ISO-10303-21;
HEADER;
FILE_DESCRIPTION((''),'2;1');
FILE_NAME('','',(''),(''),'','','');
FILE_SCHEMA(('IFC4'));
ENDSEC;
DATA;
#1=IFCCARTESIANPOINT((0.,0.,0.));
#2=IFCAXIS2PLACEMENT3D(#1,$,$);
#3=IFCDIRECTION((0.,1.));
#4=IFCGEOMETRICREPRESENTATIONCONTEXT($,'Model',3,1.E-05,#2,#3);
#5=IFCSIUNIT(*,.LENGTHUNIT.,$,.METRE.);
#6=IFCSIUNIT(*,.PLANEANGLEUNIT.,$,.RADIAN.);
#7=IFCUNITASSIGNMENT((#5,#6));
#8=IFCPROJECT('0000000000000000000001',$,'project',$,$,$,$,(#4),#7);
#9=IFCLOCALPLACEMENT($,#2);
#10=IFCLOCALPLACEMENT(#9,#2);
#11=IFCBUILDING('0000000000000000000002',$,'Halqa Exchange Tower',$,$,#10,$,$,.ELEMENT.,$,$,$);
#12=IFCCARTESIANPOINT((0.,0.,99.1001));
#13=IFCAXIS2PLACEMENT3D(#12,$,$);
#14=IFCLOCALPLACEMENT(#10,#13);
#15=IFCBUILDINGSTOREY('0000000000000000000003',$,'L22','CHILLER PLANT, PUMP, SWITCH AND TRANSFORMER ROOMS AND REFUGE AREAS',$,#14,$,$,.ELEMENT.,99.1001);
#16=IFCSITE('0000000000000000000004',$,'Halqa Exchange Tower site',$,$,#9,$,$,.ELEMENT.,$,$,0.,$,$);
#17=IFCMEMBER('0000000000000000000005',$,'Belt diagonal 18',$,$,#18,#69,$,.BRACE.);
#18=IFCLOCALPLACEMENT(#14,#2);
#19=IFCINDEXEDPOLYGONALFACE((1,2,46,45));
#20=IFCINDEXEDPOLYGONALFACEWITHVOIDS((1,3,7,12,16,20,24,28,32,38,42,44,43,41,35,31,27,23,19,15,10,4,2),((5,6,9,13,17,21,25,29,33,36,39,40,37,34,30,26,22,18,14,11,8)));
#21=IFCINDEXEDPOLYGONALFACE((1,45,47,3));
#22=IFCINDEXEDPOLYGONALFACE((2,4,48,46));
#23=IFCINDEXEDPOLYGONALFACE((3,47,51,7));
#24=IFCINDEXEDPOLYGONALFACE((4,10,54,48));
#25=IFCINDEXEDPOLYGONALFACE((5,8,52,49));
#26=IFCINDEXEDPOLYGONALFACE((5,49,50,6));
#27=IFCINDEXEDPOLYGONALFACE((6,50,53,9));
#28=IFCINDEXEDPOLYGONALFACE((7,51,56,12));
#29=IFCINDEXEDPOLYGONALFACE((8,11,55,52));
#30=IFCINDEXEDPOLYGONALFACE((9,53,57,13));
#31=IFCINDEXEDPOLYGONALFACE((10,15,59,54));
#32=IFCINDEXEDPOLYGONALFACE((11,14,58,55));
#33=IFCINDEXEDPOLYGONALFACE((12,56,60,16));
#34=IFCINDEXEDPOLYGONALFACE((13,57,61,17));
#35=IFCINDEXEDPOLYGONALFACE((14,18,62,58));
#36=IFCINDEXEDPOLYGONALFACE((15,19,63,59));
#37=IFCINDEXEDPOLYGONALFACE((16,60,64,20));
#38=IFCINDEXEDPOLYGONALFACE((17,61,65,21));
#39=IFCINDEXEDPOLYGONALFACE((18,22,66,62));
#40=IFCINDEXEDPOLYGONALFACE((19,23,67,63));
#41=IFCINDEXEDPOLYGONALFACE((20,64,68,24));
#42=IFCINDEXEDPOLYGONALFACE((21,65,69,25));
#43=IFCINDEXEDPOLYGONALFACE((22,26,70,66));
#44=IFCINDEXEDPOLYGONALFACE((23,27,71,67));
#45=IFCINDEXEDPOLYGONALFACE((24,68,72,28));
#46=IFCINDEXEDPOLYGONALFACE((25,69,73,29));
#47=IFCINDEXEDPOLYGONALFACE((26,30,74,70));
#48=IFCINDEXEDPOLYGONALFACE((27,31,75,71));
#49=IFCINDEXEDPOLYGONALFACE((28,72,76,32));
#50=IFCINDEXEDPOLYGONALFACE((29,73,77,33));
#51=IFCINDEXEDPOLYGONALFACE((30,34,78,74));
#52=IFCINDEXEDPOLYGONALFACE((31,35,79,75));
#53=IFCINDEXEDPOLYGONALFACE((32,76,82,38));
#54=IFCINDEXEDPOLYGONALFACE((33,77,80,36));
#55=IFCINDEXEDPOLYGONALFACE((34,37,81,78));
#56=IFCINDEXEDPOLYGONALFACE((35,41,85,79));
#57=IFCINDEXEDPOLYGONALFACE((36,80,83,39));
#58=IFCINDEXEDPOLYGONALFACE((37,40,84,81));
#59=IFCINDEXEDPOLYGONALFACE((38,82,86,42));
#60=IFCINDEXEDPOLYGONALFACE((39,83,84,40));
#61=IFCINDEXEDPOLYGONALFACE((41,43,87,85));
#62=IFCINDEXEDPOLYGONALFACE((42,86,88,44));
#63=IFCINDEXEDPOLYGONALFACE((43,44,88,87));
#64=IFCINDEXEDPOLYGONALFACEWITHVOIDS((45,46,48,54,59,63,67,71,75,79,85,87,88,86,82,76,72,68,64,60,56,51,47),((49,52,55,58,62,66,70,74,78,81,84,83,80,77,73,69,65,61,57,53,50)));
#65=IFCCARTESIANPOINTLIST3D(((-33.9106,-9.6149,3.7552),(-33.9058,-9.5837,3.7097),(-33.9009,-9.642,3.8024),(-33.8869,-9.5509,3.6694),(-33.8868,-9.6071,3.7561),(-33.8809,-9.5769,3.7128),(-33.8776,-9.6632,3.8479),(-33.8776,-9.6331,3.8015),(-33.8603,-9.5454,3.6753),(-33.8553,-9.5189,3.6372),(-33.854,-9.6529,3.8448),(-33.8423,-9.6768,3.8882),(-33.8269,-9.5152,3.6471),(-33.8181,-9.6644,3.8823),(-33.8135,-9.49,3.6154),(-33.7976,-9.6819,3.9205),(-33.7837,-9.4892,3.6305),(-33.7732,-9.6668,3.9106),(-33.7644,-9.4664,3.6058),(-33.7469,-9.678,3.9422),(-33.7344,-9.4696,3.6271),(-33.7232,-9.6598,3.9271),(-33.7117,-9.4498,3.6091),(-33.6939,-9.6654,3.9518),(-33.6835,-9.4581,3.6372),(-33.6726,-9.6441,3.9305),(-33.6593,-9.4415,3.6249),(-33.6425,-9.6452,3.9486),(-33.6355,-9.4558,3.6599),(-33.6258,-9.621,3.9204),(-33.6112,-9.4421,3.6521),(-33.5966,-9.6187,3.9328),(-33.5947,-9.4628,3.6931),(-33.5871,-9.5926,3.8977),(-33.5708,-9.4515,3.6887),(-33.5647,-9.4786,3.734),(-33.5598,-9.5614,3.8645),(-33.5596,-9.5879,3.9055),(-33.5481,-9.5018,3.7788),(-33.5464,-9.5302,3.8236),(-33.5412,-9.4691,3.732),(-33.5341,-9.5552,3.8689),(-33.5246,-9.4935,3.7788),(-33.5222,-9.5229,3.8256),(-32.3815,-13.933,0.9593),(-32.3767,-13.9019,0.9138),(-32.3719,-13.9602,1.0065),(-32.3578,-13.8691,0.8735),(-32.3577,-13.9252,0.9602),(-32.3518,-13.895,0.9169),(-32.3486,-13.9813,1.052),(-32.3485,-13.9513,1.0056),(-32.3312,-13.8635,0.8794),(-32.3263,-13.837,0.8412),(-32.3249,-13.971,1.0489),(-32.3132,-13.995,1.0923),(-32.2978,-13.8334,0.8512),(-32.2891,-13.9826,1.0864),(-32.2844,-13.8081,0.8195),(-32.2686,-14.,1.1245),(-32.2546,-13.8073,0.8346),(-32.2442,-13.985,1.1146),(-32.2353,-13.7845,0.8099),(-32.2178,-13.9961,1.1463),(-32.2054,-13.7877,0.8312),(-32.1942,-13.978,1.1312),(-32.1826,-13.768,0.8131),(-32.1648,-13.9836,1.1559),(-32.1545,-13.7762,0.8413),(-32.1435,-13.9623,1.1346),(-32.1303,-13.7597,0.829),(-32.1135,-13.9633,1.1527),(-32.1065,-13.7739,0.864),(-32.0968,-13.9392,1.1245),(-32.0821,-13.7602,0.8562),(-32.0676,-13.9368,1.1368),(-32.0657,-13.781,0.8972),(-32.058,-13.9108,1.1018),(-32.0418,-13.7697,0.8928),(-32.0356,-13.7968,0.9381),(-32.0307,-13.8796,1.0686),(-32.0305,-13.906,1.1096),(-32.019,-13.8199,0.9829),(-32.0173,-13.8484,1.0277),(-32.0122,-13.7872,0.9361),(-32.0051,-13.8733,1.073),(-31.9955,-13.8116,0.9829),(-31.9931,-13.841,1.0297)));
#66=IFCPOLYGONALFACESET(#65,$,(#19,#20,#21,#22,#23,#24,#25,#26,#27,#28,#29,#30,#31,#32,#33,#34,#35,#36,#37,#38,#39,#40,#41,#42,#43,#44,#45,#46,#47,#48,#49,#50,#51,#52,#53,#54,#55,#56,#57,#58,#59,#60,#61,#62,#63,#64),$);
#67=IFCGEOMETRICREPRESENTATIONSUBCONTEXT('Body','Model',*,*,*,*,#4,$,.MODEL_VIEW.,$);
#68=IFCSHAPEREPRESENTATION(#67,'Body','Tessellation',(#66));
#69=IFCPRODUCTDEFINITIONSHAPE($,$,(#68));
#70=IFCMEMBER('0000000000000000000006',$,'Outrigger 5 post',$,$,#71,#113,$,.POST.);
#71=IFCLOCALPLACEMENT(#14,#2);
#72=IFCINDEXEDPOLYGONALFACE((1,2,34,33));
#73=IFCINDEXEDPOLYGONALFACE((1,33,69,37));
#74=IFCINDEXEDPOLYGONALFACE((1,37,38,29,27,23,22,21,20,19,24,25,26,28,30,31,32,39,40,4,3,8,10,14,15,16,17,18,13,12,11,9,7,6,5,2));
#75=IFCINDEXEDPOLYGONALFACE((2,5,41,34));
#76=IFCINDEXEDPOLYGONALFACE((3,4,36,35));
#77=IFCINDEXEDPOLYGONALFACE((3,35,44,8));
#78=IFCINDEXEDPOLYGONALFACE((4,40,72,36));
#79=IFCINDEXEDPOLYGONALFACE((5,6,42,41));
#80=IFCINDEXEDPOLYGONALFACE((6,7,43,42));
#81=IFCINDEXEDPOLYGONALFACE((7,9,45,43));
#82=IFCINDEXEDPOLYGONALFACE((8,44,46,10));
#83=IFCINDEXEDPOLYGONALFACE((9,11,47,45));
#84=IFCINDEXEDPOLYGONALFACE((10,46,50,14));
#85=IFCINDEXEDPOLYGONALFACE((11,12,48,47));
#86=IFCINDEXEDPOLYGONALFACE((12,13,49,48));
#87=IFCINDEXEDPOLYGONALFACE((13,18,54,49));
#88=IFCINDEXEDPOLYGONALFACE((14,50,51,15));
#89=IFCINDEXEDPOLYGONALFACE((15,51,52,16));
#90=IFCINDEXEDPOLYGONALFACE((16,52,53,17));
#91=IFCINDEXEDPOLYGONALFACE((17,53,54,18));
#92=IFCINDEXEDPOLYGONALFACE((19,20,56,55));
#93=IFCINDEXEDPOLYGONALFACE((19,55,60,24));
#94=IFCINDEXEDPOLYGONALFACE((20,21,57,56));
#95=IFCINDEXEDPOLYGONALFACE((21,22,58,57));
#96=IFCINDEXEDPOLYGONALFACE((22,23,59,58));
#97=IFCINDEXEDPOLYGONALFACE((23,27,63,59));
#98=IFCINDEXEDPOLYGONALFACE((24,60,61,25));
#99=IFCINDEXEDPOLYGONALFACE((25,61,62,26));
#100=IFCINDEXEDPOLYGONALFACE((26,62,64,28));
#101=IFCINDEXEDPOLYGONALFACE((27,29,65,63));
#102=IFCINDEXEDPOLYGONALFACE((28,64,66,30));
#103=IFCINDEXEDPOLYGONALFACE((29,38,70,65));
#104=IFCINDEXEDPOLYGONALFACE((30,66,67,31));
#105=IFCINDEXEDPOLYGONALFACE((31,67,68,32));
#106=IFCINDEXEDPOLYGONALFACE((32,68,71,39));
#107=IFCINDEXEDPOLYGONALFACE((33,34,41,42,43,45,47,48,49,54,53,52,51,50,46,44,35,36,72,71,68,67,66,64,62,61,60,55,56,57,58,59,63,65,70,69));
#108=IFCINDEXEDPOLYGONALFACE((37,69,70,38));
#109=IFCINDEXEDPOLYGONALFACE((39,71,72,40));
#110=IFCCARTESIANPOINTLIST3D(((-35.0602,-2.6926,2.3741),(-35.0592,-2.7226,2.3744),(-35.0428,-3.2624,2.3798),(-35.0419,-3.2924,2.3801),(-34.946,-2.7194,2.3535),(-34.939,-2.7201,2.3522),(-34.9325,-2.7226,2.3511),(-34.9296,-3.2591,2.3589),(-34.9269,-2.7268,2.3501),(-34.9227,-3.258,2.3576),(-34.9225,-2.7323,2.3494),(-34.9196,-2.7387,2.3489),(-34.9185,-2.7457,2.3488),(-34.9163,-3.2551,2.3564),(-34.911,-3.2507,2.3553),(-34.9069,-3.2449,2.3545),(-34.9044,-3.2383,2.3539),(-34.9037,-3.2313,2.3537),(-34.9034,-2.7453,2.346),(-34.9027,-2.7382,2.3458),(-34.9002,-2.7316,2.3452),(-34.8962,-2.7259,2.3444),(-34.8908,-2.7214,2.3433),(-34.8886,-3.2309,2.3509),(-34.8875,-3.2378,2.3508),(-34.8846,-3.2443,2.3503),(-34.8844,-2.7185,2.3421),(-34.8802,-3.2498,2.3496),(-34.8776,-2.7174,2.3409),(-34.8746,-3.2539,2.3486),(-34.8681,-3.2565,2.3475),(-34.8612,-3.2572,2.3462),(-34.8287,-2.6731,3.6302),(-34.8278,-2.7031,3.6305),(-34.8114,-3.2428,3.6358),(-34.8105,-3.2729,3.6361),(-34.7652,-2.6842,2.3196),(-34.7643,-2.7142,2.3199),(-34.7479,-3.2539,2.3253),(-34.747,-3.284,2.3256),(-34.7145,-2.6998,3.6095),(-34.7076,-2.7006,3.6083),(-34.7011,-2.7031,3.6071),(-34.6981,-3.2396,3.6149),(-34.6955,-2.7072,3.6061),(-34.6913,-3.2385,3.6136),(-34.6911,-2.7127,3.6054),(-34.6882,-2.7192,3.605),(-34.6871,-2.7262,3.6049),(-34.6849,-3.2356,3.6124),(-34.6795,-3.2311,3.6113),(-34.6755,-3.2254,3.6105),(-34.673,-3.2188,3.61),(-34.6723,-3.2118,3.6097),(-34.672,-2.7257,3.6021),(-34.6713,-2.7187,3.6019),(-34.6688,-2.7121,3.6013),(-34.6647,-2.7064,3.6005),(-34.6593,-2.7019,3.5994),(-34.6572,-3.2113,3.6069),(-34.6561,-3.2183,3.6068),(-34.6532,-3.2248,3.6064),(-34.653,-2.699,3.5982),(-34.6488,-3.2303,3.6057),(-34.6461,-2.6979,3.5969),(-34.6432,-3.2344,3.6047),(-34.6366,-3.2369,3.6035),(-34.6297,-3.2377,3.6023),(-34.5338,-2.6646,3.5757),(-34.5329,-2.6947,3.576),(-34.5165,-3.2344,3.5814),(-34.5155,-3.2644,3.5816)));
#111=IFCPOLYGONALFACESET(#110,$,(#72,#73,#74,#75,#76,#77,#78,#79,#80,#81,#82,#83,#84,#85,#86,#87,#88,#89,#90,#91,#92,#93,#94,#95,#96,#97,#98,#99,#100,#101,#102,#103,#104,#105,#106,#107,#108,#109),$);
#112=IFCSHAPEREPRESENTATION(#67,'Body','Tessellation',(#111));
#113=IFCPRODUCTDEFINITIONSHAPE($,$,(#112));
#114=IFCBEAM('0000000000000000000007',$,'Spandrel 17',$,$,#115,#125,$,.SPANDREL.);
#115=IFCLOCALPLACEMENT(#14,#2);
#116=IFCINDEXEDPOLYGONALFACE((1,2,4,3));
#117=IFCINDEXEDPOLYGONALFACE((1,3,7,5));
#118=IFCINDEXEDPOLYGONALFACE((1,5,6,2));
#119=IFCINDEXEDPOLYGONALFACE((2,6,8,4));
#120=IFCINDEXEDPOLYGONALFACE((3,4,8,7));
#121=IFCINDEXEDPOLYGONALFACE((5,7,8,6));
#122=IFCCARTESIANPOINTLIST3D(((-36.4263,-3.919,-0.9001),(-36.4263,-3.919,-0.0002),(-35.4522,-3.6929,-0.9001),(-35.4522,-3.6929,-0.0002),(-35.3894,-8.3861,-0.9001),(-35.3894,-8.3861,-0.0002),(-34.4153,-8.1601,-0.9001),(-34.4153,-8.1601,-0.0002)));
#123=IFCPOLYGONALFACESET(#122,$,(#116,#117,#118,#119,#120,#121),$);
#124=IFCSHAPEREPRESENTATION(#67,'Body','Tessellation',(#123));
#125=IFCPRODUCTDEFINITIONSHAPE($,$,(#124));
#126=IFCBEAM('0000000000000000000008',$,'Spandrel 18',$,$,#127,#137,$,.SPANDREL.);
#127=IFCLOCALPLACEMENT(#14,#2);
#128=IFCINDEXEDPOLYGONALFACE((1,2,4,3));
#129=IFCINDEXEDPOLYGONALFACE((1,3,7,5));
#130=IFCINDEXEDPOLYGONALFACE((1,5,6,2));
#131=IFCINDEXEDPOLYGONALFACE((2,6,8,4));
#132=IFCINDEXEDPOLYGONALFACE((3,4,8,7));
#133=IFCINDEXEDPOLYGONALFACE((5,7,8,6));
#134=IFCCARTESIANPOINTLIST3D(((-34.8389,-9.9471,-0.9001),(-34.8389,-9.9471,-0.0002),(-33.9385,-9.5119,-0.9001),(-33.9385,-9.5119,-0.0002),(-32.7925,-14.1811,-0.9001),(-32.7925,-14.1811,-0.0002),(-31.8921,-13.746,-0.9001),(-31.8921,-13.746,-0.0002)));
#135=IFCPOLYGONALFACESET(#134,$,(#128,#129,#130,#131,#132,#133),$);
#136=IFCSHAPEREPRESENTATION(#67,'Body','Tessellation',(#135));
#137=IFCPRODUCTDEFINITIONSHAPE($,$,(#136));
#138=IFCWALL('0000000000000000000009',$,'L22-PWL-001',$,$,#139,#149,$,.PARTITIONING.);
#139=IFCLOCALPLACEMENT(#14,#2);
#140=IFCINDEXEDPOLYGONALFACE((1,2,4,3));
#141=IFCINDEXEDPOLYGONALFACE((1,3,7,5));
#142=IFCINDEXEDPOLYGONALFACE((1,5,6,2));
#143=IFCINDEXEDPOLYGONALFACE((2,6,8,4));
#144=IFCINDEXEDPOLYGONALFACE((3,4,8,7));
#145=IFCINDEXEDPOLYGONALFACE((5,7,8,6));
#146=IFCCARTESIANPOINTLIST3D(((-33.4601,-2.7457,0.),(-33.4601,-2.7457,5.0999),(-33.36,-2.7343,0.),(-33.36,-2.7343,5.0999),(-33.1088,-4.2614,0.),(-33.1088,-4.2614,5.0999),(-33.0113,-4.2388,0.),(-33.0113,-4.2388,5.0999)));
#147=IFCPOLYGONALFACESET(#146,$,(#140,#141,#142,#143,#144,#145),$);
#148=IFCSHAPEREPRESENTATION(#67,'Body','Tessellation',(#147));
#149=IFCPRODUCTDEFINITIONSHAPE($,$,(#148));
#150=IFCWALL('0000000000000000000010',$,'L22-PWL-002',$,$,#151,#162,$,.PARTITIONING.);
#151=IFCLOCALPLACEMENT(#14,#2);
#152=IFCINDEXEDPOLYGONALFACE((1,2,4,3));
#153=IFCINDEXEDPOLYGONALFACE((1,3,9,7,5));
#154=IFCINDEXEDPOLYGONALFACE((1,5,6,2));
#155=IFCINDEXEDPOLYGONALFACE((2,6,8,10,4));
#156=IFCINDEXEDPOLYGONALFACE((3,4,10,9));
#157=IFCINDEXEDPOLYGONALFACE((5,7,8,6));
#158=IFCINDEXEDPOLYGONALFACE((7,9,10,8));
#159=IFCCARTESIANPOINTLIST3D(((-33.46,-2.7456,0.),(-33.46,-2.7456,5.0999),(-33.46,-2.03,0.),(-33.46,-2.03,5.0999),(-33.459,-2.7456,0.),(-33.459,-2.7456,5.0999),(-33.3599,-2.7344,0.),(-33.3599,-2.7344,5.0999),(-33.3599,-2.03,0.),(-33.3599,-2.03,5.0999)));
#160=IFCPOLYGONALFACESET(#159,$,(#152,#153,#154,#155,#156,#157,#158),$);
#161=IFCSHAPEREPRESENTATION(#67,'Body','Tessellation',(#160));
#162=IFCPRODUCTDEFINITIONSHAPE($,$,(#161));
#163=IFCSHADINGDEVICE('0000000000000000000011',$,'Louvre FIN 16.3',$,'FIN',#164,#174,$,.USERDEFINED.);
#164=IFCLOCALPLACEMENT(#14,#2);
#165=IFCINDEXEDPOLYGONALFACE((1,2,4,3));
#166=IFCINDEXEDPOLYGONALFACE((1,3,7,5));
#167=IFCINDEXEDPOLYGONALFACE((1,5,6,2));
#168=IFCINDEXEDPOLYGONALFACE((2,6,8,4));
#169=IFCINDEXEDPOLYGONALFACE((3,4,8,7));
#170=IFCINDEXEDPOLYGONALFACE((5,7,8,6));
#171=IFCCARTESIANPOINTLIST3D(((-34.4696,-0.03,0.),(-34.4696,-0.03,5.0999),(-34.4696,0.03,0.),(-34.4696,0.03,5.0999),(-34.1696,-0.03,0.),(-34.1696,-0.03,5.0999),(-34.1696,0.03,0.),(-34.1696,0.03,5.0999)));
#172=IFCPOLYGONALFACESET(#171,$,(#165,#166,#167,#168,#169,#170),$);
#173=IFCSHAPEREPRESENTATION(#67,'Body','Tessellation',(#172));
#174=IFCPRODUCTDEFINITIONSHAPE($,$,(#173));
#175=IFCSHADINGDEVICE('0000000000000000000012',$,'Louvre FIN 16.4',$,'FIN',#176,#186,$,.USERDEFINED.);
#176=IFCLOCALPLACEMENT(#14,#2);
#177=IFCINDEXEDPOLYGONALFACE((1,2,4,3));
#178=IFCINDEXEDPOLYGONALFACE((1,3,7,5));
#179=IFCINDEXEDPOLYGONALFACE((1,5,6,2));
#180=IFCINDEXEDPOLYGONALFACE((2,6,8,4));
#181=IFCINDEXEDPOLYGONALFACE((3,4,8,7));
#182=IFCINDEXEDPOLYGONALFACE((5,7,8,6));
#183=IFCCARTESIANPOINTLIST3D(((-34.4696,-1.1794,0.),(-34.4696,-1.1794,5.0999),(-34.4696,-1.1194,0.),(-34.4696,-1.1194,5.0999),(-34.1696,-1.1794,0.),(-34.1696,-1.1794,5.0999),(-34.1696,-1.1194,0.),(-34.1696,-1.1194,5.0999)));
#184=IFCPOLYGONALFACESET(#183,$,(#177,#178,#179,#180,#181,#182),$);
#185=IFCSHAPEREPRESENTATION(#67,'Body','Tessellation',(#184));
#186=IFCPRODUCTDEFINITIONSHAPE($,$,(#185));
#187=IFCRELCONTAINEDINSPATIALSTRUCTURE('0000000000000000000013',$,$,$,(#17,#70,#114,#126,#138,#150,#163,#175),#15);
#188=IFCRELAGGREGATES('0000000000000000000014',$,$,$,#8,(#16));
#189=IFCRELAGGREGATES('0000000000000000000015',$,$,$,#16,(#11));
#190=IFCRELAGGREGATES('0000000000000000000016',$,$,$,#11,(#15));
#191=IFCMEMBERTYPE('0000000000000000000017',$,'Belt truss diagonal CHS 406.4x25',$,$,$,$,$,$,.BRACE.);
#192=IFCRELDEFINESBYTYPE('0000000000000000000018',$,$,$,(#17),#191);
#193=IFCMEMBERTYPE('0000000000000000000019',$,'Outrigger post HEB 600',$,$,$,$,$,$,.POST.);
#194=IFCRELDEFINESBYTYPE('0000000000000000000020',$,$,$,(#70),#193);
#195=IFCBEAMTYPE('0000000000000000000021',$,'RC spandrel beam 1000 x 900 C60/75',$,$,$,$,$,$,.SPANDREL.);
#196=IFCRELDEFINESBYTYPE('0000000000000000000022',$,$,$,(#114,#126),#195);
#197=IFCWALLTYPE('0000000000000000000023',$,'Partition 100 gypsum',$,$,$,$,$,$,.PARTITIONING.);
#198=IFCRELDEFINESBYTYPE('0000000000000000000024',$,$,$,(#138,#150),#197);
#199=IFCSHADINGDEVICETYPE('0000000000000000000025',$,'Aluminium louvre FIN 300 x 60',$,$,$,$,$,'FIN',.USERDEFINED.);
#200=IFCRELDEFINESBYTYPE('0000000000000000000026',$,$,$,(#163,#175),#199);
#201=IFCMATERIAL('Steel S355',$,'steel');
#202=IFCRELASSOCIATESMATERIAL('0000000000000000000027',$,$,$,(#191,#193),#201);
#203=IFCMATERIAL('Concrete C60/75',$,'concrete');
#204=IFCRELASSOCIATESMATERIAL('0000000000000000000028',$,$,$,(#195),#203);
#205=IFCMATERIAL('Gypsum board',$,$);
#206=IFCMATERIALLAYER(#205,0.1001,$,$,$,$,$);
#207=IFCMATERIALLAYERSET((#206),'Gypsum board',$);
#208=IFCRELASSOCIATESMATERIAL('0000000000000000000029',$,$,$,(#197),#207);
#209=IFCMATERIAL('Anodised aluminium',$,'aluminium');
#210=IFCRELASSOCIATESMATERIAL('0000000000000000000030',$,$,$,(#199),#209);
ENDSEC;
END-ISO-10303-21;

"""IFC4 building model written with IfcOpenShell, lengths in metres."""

from ifc_helpers import new_model, si_unit, direction, frame, origin, origin_2d, place, context, subcontext, project, spatial, polyline, rectangle, hollow_circle, i_section, outline, extrude, material, layer, layer_set, material_profile, profile_set, type_object, element, save


model = new_model("IFC4")

# Units and contexts
model_context = context("Model", 3, precision=1e-05, world=origin(), true_north=direction((0.0, 1.0)))
body_context = subcontext(model_context, "Body", "Model", "MODEL_VIEW")
ifc_project = project(units=[si_unit("LENGTHUNIT", "METRE"), si_unit("PLANEANGLEUNIT", "RADIAN")], contexts=[model_context])

# Site, building, storey
site_placement = place(None, origin())
site = spatial("IfcSite", under=ifc_project, at=site_placement, Name="Halqa Exchange Tower site", CompositionType="ELEMENT", RefElevation=0.0)
building_placement = place(site_placement, origin())
building = spatial("IfcBuilding", under=site, at=building_placement, Name="Halqa Exchange Tower", CompositionType="ELEMENT")
storey_placement = place(building_placement, frame((0.0, 0.0, 99.1001)))
storey = spatial("IfcBuildingStorey", under=building, at=storey_placement, Name="L22", Description="CHILLER PLANT, PUMP, SWITCH AND TRANSFORMER ROOMS AND REFUGE AREAS", CompositionType="ELEMENT", Elevation=99.1001)

# Members
ifc_material_1 = material(Name="Steel S355", Category="steel")
ifc_material_profile_1 = material_profile(ifc_material_1, hollow_circle(Radius=0.2031, WallThickness=0.0249, at=origin_2d()), Name="CHS 406.4x25")
ifc_profile_set_1 = profile_set([ifc_material_profile_1], Name="Steel S355")
member_type_1 = type_object("IfcMemberType", Name="Belt truss diagonal CHS 406.4x25", PredefinedType="BRACE", material=ifc_profile_set_1)
member_1_placement = place(storey_placement, frame((-33.7161, -9.5613, 3.7788), z_axis=(0.284916, -0.804617, -0.520974), x_axis=(0.942646, 0.333793, 0.0)))
element("IfcMember", 1, at=member_1_placement, inside=storey, type_object=member_type_1, Name="Belt diagonal 18", PredefinedType="BRACE", context=body_context, shape_type="SweptSolid", body=[
    extrude(hollow_circle(Radius=0.2031, WallThickness=0.0249, at=origin_2d()), origin(), (0.0, 0.0, 1.0), 5.3667),
])
ifc_material_profile_2 = material_profile(ifc_material_1, i_section(OverallWidth=0.3, OverallDepth=0.6001, WebThickness=0.0154, FlangeThickness=0.03, FilletRadius=0.0271, at=origin_2d()), Name="HEB 600")
ifc_profile_set_2 = profile_set([ifc_material_profile_2], Name="Steel S355")
member_type_2 = type_object("IfcMemberType", Name="Outrigger post HEB 600", PredefinedType="POST", material=ifc_profile_set_2)
member_2_placement = place(storey_placement, frame((-34.9036, -2.9883, 2.3499), z_axis=(0.181185, 0.01529, 0.98333), x_axis=(0.982979, 0.028086, -0.181557)))
element("IfcMember", 2, at=member_2_placement, inside=storey, type_object=member_type_2, Name="Outrigger 5 post", PredefinedType="POST", context=body_context, shape_type="SweptSolid", body=[
    extrude(i_section(OverallWidth=0.3, OverallDepth=0.6001, WebThickness=0.0154, FlangeThickness=0.03, FilletRadius=0.0271, at=origin_2d()), origin(), (0.0, 0.0, 1.0), 1.2773),
])

# Beams
ifc_material_2 = material(Name="Concrete C60/75", Category="concrete")
ifc_material_profile_3 = material_profile(ifc_material_2, rectangle(XDim=1.0, YDim=0.8999, at=origin_2d()), Name="1000 x 900")
ifc_profile_set_3 = profile_set([ifc_material_profile_3], Name="Concrete C60/75")
beam_type = type_object("IfcBeamType", Name="RC spandrel beam 1000 x 900 C60/75", PredefinedType="SPANDREL", material=ifc_profile_set_3)
beam_1_placement = place(storey_placement, frame((-35.9392, -3.8059, -0.4502), z_axis=(0.226092, -0.974106, 0.0), x_axis=(0.974106, 0.226092, 0.0)))
element("IfcBeam", 3, at=beam_1_placement, inside=storey, type_object=beam_type, Name="Spandrel 17", PredefinedType="SPANDREL", context=body_context, shape_type="SweptSolid", body=[
    extrude(rectangle(XDim=1.0, YDim=0.8999, at=origin_2d()), origin(), (0.0, 0.0, 1.0), 4.5859),
])
beam_2_placement = place(storey_placement, frame((-34.3887, -9.7295, -0.4502), z_axis=(0.43515, -0.900358, 0.0), x_axis=(0.900358, 0.43515, 0.0)))
element("IfcBeam", 4, at=beam_2_placement, inside=storey, type_object=beam_type, Name="Spandrel 18", PredefinedType="SPANDREL", context=body_context, shape_type="SweptSolid", body=[
    extrude(rectangle(XDim=1.0, YDim=0.8999, at=origin_2d()), origin(), (0.0, 0.0, 1.0), 4.7026),
])

# Walls
ifc_material_3 = material(Name="Gypsum board")
ifc_layer_1 = layer(ifc_material_3, 0.1001)
ifc_layer_set_1 = layer_set([ifc_layer_1], Name="Gypsum board")
wall_type = type_object("IfcWallType", Name="Partition 100 gypsum", PredefinedType="PARTITIONING", material=ifc_layer_set_1)
wall_1_placement = place(storey_placement, frame((-33.4114, -2.7344, 0.0), z_axis=(0.0, 0.0, 1.0), x_axis=(0.225811, -0.974171, 0.0)))
element("IfcWall", 5, at=wall_1_placement, inside=storey, type_object=wall_type, Name="L22-PWL-001", PredefinedType="PARTITIONING", context=body_context, shape_type="SweptSolid", body=[
    extrude(outline(polyline([(1.5559, 0.05), (0.0115, 0.05), (0.0, -0.05), (1.5559, -0.05), (1.5559, 0.05)])), origin(), (0.0, 0.0, 1.0), 5.0999),
])
wall_2_placement = place(storey_placement, frame((-33.4099, -2.03, 0.0), z_axis=(0.0, 0.0, 1.0), x_axis=(0.0, -1.0, 0.0)))
element("IfcWall", 6, at=wall_2_placement, inside=storey, type_object=wall_type, Name="L22-PWL-002", PredefinedType="PARTITIONING", context=body_context, shape_type="SweptSolid", body=[
    extrude(outline(polyline([(0.7156, -0.05), (0.7156, -0.0491), (0.7043, 0.05), (0.0, 0.05), (0.0, -0.05), (0.7156, -0.05)])), origin(), (0.0, 0.0, 1.0), 5.0999),
])

# Shading devices
ifc_material_4 = material(Name="Anodised aluminium", Category="aluminium")
ifc_material_profile_4 = material_profile(ifc_material_4, rectangle(XDim=0.3, YDim=0.0601, at=origin_2d()), Name="AL FIN 300x60")
ifc_profile_set_4 = profile_set([ifc_material_profile_4], Name="Anodised aluminium")
shading_device_type = type_object("IfcShadingDeviceType", Name="Aluminium louvre FIN 300 x 60", ElementType="FIN", PredefinedType="USERDEFINED", material=ifc_profile_set_4)
for number, where, z_axis, x_axis, name in (
    (7, (-34.3196, 0.0, 0.0), (0.0, 0.0, 1.0), (1.0, 0.0, 0.0), "Louvre FIN 16.3"),
    (8, (-34.3196, -1.1494, 0.0), (0.0, 0.0, 1.0), (1.0, 0.0, 0.0), "Louvre FIN 16.4"),
):
    element("IfcShadingDevice", number, at=place(storey_placement, frame(where, z_axis=z_axis, x_axis=x_axis)), inside=storey, type_object=shading_device_type, Name=name, ObjectType="FIN", PredefinedType="USERDEFINED", context=body_context, shape_type="SweptSolid", body=[
        extrude(rectangle(XDim=0.3, YDim=0.0601, at=origin_2d()), origin(), (0.0, 0.0, 1.0), 5.0999),
    ])

save(model, "model.ifc")
